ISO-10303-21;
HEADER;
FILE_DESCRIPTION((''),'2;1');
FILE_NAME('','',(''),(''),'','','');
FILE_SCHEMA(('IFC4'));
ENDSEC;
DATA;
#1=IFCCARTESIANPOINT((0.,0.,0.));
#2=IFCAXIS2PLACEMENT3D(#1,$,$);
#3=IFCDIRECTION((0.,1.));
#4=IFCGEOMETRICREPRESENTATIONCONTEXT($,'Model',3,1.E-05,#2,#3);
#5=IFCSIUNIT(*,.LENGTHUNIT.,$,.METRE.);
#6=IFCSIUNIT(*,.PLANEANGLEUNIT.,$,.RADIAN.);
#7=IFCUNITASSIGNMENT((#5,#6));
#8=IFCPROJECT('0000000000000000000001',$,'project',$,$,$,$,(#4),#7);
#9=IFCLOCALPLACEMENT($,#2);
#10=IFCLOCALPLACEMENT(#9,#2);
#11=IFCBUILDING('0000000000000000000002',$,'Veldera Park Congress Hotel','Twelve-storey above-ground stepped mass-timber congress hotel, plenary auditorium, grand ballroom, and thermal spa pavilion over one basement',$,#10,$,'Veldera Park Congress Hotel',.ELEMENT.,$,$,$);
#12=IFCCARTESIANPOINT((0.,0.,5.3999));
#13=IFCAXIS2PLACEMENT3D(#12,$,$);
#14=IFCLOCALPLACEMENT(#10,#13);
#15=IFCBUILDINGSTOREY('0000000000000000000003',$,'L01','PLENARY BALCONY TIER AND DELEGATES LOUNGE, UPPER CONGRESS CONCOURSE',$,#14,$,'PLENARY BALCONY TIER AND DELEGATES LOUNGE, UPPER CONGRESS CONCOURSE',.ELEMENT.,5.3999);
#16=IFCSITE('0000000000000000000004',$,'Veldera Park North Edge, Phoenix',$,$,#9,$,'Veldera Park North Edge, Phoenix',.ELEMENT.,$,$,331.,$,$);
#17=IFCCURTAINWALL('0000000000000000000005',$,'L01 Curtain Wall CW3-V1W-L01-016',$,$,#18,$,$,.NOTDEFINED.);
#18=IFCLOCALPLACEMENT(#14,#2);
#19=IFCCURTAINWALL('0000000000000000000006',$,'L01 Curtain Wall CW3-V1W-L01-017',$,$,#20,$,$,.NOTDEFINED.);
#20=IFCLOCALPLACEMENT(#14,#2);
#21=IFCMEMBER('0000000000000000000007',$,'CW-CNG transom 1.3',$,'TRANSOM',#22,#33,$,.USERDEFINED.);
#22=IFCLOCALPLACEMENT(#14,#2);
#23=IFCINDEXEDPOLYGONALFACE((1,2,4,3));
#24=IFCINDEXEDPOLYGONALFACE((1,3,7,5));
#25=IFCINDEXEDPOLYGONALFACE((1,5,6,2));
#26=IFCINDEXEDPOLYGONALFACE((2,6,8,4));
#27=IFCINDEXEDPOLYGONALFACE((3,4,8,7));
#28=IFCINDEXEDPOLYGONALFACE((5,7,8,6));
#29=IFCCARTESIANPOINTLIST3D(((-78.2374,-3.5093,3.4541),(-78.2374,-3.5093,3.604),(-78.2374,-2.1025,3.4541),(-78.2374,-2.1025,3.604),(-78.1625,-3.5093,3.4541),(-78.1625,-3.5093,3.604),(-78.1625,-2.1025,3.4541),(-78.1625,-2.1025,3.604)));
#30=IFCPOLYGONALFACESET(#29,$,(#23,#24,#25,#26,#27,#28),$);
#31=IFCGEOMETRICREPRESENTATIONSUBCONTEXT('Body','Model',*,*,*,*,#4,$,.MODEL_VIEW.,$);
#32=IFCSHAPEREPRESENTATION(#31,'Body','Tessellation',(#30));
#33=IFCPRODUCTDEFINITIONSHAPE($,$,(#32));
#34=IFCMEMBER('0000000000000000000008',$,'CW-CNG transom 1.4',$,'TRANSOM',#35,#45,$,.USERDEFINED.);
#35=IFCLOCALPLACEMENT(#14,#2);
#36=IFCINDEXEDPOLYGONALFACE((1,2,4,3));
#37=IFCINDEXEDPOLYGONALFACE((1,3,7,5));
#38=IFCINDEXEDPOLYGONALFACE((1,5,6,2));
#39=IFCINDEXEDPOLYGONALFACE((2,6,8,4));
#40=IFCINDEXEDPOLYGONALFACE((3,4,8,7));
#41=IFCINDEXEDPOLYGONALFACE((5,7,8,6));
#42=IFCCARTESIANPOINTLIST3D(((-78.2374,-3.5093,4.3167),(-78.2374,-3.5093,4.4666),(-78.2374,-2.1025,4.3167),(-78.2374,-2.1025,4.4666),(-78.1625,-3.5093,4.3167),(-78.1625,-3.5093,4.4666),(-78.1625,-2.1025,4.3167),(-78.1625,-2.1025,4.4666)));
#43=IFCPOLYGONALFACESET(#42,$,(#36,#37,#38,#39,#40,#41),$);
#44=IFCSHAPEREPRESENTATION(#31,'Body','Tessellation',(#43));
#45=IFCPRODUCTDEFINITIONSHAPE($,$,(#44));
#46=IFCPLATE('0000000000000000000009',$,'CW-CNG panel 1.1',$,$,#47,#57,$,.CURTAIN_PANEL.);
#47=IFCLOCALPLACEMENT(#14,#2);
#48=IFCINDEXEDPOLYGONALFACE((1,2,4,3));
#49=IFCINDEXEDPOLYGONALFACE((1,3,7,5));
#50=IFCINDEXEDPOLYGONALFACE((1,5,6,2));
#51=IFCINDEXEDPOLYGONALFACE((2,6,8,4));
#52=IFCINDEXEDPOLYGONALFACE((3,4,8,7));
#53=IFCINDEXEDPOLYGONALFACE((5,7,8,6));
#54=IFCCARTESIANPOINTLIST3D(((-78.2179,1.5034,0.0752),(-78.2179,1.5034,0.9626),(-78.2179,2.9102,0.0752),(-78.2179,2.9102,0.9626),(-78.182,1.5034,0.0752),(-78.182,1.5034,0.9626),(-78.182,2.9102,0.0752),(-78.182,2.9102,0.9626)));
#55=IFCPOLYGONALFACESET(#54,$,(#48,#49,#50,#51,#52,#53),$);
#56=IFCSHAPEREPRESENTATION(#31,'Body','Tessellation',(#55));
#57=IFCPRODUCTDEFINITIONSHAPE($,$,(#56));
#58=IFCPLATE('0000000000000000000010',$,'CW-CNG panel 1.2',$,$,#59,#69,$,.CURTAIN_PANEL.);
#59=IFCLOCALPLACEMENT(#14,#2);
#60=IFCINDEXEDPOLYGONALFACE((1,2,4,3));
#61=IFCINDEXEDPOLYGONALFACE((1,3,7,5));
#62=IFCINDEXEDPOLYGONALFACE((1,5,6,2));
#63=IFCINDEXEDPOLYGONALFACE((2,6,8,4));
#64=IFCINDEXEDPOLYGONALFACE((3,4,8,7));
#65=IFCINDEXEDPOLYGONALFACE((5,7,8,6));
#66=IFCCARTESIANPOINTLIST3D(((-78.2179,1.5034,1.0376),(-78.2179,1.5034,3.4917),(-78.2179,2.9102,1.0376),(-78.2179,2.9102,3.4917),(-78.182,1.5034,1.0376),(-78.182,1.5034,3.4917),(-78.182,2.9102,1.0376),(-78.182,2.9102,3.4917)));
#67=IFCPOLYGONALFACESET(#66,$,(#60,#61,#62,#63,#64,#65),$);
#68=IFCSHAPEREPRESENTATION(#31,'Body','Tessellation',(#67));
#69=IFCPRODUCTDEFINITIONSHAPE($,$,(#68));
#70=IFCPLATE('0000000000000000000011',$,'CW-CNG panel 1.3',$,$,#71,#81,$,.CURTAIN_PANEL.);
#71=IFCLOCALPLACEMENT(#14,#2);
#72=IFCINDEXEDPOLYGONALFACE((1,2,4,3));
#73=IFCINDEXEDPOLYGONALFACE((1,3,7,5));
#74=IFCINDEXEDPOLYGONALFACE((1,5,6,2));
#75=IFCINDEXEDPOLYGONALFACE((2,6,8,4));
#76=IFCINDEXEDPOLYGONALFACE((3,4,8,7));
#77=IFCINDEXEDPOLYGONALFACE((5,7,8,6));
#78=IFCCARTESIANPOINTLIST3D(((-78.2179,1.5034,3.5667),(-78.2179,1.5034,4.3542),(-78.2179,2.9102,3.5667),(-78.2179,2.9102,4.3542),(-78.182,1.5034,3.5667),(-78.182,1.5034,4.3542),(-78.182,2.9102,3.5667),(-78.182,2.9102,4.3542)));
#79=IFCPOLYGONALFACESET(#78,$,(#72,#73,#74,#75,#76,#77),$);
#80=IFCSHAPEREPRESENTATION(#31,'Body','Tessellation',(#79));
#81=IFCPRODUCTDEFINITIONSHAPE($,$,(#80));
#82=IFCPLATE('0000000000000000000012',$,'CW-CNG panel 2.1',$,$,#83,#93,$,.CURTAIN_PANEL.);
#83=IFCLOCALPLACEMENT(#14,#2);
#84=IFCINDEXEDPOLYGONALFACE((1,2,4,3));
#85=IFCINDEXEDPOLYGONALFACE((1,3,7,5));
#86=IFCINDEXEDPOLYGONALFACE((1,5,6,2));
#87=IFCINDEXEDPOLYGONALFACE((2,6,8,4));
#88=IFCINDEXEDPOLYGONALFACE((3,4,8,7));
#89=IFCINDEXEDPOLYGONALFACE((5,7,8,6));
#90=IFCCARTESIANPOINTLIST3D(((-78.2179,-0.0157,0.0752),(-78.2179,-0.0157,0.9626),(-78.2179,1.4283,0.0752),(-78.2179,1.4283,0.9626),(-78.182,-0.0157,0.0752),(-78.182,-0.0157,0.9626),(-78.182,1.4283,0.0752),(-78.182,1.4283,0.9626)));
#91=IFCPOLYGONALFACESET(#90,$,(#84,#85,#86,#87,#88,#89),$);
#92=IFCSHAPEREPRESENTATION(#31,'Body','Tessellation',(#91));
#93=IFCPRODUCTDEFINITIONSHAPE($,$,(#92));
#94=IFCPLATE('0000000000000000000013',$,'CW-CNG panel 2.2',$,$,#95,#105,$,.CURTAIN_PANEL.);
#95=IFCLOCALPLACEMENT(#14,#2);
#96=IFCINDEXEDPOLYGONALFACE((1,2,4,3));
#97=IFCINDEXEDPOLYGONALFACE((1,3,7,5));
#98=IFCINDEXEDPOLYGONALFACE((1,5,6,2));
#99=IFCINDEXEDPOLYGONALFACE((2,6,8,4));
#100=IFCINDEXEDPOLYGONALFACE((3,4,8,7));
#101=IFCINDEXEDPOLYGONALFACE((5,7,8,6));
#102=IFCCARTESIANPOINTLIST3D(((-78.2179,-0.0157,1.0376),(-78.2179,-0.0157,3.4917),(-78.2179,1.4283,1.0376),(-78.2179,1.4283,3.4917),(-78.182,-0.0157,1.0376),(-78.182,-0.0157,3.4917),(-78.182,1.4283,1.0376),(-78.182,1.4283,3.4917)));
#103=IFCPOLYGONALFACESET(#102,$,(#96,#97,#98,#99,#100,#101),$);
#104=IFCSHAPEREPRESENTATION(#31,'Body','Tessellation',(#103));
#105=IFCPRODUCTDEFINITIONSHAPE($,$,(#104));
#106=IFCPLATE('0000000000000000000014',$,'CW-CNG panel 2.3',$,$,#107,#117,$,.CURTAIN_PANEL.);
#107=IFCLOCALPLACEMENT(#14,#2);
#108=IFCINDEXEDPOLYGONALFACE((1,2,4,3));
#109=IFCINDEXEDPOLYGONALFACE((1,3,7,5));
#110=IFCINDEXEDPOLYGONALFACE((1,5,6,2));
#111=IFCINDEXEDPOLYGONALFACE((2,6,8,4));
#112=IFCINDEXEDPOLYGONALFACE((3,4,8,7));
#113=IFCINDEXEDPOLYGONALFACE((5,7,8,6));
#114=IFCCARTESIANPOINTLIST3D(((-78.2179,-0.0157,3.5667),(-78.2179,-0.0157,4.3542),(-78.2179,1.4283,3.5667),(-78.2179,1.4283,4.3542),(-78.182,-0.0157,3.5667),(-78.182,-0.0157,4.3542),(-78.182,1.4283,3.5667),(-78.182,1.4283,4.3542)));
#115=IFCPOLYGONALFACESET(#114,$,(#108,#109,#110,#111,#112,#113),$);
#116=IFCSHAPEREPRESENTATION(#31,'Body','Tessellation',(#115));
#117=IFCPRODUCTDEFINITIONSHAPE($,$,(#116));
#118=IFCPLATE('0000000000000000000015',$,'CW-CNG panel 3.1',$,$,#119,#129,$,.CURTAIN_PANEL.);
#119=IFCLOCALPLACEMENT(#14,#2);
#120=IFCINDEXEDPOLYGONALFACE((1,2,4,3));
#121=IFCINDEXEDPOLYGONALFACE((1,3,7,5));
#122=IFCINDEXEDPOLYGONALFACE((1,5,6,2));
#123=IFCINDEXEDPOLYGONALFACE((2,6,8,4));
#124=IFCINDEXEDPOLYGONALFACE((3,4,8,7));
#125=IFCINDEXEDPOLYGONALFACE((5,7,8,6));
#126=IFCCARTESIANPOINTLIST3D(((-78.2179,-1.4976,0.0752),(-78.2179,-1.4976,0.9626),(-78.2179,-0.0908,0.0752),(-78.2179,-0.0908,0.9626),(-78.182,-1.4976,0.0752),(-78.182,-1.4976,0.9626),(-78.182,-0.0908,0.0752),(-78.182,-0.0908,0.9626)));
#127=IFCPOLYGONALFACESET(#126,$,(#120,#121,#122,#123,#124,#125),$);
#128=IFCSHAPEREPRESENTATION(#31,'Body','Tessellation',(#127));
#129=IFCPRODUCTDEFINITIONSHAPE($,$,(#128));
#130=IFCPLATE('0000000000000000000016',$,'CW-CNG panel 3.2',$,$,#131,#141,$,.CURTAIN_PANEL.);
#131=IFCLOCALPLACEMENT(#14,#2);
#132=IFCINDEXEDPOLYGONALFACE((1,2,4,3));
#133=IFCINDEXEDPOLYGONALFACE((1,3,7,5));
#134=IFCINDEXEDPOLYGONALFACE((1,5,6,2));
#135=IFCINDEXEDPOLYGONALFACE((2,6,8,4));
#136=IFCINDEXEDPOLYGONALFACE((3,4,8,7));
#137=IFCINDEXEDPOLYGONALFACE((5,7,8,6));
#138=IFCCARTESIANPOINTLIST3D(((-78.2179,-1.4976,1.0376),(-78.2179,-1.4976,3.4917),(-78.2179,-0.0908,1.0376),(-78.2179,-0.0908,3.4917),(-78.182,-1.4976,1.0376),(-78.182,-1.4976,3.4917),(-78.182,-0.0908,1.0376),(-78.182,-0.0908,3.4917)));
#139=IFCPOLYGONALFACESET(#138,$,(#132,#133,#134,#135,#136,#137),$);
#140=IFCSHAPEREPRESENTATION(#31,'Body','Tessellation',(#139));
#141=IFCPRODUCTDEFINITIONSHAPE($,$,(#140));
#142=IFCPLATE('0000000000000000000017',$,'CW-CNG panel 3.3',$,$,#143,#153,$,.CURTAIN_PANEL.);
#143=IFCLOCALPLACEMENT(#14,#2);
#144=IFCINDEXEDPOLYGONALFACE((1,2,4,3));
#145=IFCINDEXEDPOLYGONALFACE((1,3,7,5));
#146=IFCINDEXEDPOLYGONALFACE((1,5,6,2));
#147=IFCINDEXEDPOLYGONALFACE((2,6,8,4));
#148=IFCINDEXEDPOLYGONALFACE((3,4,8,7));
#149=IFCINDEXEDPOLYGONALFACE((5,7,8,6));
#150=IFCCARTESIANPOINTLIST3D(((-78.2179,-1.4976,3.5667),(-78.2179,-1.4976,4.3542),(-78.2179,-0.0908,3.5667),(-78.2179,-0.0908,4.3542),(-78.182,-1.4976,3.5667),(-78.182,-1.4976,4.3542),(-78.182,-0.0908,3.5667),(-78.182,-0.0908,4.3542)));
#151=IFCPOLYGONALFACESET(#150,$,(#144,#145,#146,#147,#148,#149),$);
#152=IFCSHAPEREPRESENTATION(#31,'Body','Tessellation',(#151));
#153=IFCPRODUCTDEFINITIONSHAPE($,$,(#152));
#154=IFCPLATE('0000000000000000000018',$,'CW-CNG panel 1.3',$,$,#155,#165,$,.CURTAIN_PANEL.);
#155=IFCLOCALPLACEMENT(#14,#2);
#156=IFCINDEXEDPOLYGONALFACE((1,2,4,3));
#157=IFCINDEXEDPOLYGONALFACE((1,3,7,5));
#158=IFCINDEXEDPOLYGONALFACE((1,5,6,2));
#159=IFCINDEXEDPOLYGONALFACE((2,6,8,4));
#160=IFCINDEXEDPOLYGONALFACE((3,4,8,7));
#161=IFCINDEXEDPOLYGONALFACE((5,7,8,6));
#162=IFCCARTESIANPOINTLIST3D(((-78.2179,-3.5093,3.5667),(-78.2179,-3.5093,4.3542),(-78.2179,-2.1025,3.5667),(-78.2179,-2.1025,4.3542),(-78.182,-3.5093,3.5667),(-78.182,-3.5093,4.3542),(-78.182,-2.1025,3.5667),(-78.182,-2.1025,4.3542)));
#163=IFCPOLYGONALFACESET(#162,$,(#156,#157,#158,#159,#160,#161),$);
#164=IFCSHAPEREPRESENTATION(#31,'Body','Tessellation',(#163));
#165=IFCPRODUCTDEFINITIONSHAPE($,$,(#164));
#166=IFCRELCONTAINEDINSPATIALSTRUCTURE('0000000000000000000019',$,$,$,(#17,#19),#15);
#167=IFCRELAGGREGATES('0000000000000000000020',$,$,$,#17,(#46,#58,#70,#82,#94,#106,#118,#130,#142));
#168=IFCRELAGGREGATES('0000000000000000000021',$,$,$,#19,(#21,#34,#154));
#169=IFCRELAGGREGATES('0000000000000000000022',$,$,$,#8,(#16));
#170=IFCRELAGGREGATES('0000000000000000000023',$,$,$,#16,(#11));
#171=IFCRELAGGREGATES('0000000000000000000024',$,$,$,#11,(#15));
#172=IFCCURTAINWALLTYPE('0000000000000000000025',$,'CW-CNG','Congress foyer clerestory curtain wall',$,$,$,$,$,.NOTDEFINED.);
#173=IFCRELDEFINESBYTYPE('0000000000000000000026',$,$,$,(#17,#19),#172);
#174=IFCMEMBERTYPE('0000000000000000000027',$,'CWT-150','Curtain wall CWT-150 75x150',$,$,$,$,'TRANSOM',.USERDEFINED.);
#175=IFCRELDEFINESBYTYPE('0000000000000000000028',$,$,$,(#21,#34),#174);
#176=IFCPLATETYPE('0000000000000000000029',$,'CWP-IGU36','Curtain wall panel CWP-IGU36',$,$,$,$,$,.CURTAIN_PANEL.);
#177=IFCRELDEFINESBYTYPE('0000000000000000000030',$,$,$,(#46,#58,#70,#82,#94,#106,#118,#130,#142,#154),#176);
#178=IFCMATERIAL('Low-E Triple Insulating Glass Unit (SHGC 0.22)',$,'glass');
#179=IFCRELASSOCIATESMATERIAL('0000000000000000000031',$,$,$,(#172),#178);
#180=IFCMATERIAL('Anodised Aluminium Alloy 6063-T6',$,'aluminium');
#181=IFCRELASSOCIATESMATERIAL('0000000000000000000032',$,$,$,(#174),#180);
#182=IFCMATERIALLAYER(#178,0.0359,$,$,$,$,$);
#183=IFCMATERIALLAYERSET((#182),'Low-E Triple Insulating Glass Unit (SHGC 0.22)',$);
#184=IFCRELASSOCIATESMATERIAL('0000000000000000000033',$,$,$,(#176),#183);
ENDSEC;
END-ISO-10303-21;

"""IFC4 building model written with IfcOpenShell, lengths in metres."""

from ifc_helpers import new_model, si_unit, direction, frame, origin, origin_2d, place, context, subcontext, project, spatial, rectangle, extrude, material, layer, layer_set, material_profile, profile_set, type_object, element, aggregate, save


model = new_model("IFC4")

# Units and contexts
model_context = context("Model", 3, precision=1e-05, world=origin(), true_north=direction((0.0, 1.0)))
body_context = subcontext(model_context, "Body", "Model", "MODEL_VIEW")
ifc_project = project(units=[si_unit("LENGTHUNIT", "METRE"), si_unit("PLANEANGLEUNIT", "RADIAN")], contexts=[model_context])

# Site, building, storey
site_placement = place(None, origin())
site = spatial("IfcSite", under=ifc_project, at=site_placement, Name="Veldera Park North Edge, Phoenix", LongName="Veldera Park North Edge, Phoenix", CompositionType="ELEMENT", RefElevation=331.0)
building_placement = place(site_placement, origin())
building = spatial("IfcBuilding", under=site, at=building_placement, Name="Veldera Park Congress Hotel", Description="Twelve-storey above-ground stepped mass-timber congress hotel, plenary auditorium, grand ballroom, and thermal spa pavilion over one basement", LongName="Veldera Park Congress Hotel", CompositionType="ELEMENT")
storey_placement = place(building_placement, frame((0.0, 0.0, 5.3999)))
storey = spatial("IfcBuildingStorey", under=building, at=storey_placement, Name="L01", Description="PLENARY BALCONY TIER AND DELEGATES LOUNGE, UPPER CONGRESS CONCOURSE", LongName="PLENARY BALCONY TIER AND DELEGATES LOUNGE, UPPER CONGRESS CONCOURSE", CompositionType="ELEMENT", Elevation=5.3999)

# Curtain wall
ifc_material_1 = material(Name="Low-E Triple Insulating Glass Unit (SHGC 0.22)", Category="glass")
curtain_wall_type = type_object("IfcCurtainWallType", Name="CW-CNG", Description="Congress foyer clerestory curtain wall", PredefinedType="NOTDEFINED", material=ifc_material_1)
curtain_wall_1_placement = place(storey_placement, origin())
curtain_wall_1 = element("IfcCurtainWall", 1, at=curtain_wall_1_placement, inside=storey, type_object=curtain_wall_type, Name="L01 Curtain Wall CW3-V1W-L01-016", PredefinedType="NOTDEFINED")
ifc_material_2 = material(Name="Anodised Aluminium Alloy 6063-T6", Category="aluminium")

# Curtain wall
curtain_wall_2_placement = place(storey_placement, origin())
curtain_wall_2 = element("IfcCurtainWall", 2, at=curtain_wall_2_placement, inside=storey, type_object=curtain_wall_type, Name="L01 Curtain Wall CW3-V1W-L01-017", PredefinedType="NOTDEFINED")

# Members
ifc_material_profile_1 = material_profile(ifc_material_2, rectangle(XDim=0.075, YDim=0.1499, at=origin_2d()), Name="ALU 75x150")
ifc_profile_set_1 = profile_set([ifc_material_profile_1], Name="Anodised Aluminium Alloy 6063-T6")
member_type_1 = type_object("IfcMemberType", Name="CWT-150", Description="Curtain wall CWT-150 75x150", ElementType="TRANSOM", PredefinedType="USERDEFINED", material=ifc_profile_set_1)
member_1_placement = place(storey_placement, frame((-78.2, -2.1025, 3.5291), z_axis=(0.0, -1.0, 0.0), x_axis=(1.0, 0.0, 0.0)))
member_1 = element("IfcMember", 3, at=member_1_placement, type_object=member_type_1, Name="CW-CNG transom 1.3", ObjectType="TRANSOM", PredefinedType="USERDEFINED", context=body_context, shape_type="SweptSolid", body=[
    extrude(rectangle(XDim=0.075, YDim=0.1499, at=origin_2d()), origin(), (0.0, 0.0, 1.0), 1.4067),
])
member_2_placement = place(storey_placement, frame((-78.2, -2.1025, 4.3916), z_axis=(0.0, -1.0, 0.0), x_axis=(1.0, 0.0, 0.0)))
member_2 = element("IfcMember", 4, at=member_2_placement, type_object=member_type_1, Name="CW-CNG transom 1.4", ObjectType="TRANSOM", PredefinedType="USERDEFINED", context=body_context, shape_type="SweptSolid", body=[
    extrude(rectangle(XDim=0.075, YDim=0.1499, at=origin_2d()), origin(), (0.0, 0.0, 1.0), 1.4067),
])

# Plates
ifc_layer = layer(ifc_material_1, 0.0359)
ifc_layer_set = layer_set([ifc_layer], Name="Low-E Triple Insulating Glass Unit (SHGC 0.22)")
plate_type = type_object("IfcPlateType", Name="CWP-IGU36", Description="Curtain wall panel CWP-IGU36", PredefinedType="CURTAIN_PANEL", material=ifc_layer_set)
plate_1_placement = place(storey_placement, frame((-78.2, 2.2068, 0.0752), z_axis=(0.0, 0.0, 1.0), x_axis=(0.0, -1.0, 0.0)))
plate_1 = element("IfcPlate", 5, at=plate_1_placement, type_object=plate_type, Name="CW-CNG panel 1.1", PredefinedType="CURTAIN_PANEL", context=body_context, shape_type="SweptSolid", body=[
    extrude(rectangle(XDim=1.4067, YDim=0.0359, at=origin_2d()), origin(), (0.0, 0.0, 1.0), 0.8875),
])
plate_2_placement = place(storey_placement, frame((-78.2, 2.2068, 1.0376), z_axis=(0.0, 0.0, 1.0), x_axis=(0.0, -1.0, 0.0)))
plate_2 = element("IfcPlate", 6, at=plate_2_placement, type_object=plate_type, Name="CW-CNG panel 1.2", PredefinedType="CURTAIN_PANEL", context=body_context, shape_type="SweptSolid", body=[
    extrude(rectangle(XDim=1.4067, YDim=0.0359, at=origin_2d()), origin(), (0.0, 0.0, 1.0), 2.4541),
])
plate_3_placement = place(storey_placement, frame((-78.2, 2.2068, 3.5667), z_axis=(0.0, 0.0, 1.0), x_axis=(0.0, -1.0, 0.0)))
plate_3 = element("IfcPlate", 7, at=plate_3_placement, type_object=plate_type, Name="CW-CNG panel 1.3", PredefinedType="CURTAIN_PANEL", context=body_context, shape_type="SweptSolid", body=[
    extrude(rectangle(XDim=1.4067, YDim=0.0359, at=origin_2d()), origin(), (0.0, 0.0, 1.0), 0.7876),
])
plate_4_placement = place(storey_placement, frame((-78.2, 0.7063, 0.0752), z_axis=(0.0, 0.0, 1.0), x_axis=(0.0, -1.0, 0.0)))
plate_4 = element("IfcPlate", 8, at=plate_4_placement, type_object=plate_type, Name="CW-CNG panel 2.1", PredefinedType="CURTAIN_PANEL", context=body_context, shape_type="SweptSolid", body=[
    extrude(rectangle(XDim=1.4441, YDim=0.0359, at=origin_2d()), origin(), (0.0, 0.0, 1.0), 0.8875),
])
plate_5_placement = place(storey_placement, frame((-78.2, 0.7063, 1.0376), z_axis=(0.0, 0.0, 1.0), x_axis=(0.0, -1.0, 0.0)))
plate_5 = element("IfcPlate", 9, at=plate_5_placement, type_object=plate_type, Name="CW-CNG panel 2.2", PredefinedType="CURTAIN_PANEL", context=body_context, shape_type="SweptSolid", body=[
    extrude(rectangle(XDim=1.4441, YDim=0.0359, at=origin_2d()), origin(), (0.0, 0.0, 1.0), 2.4541),
])
plate_6_placement = place(storey_placement, frame((-78.2, 0.7063, 3.5667), z_axis=(0.0, 0.0, 1.0), x_axis=(0.0, -1.0, 0.0)))
plate_6 = element("IfcPlate", 10, at=plate_6_placement, type_object=plate_type, Name="CW-CNG panel 2.3", PredefinedType="CURTAIN_PANEL", context=body_context, shape_type="SweptSolid", body=[
    extrude(rectangle(XDim=1.4441, YDim=0.0359, at=origin_2d()), origin(), (0.0, 0.0, 1.0), 0.7876),
])
plate_7_placement = place(storey_placement, frame((-78.2, -0.7942, 0.0752), z_axis=(0.0, 0.0, 1.0), x_axis=(0.0, -1.0, 0.0)))
plate_7 = element("IfcPlate", 11, at=plate_7_placement, type_object=plate_type, Name="CW-CNG panel 3.1", PredefinedType="CURTAIN_PANEL", context=body_context, shape_type="SweptSolid", body=[
    extrude(rectangle(XDim=1.4067, YDim=0.0359, at=origin_2d()), origin(), (0.0, 0.0, 1.0), 0.8875),
])
plate_8_placement = place(storey_placement, frame((-78.2, -0.7942, 1.0376), z_axis=(0.0, 0.0, 1.0), x_axis=(0.0, -1.0, 0.0)))
plate_8 = element("IfcPlate", 12, at=plate_8_placement, type_object=plate_type, Name="CW-CNG panel 3.2", PredefinedType="CURTAIN_PANEL", context=body_context, shape_type="SweptSolid", body=[
    extrude(rectangle(XDim=1.4067, YDim=0.0359, at=origin_2d()), origin(), (0.0, 0.0, 1.0), 2.4541),
])
plate_9_placement = place(storey_placement, frame((-78.2, -0.7942, 3.5667), z_axis=(0.0, 0.0, 1.0), x_axis=(0.0, -1.0, 0.0)))
plate_9 = element("IfcPlate", 13, at=plate_9_placement, type_object=plate_type, Name="CW-CNG panel 3.3", PredefinedType="CURTAIN_PANEL", context=body_context, shape_type="SweptSolid", body=[
    extrude(rectangle(XDim=1.4067, YDim=0.0359, at=origin_2d()), origin(), (0.0, 0.0, 1.0), 0.7876),
])
aggregate(curtain_wall_1, [plate_1, plate_2, plate_3, plate_4, plate_5, plate_6, plate_7, plate_8, plate_9])
plate_10_placement = place(storey_placement, frame((-78.2, -2.8059, 3.5667), z_axis=(0.0, 0.0, 1.0), x_axis=(0.0, -1.0, 0.0)))
plate_10 = element("IfcPlate", 14, at=plate_10_placement, type_object=plate_type, Name="CW-CNG panel 1.3", PredefinedType="CURTAIN_PANEL", context=body_context, shape_type="SweptSolid", body=[
    extrude(rectangle(XDim=1.4067, YDim=0.0359, at=origin_2d()), origin(), (0.0, 0.0, 1.0), 0.7876),
])
aggregate(curtain_wall_2, [member_1, member_2, plate_10])

save(model, "model.ifc")
